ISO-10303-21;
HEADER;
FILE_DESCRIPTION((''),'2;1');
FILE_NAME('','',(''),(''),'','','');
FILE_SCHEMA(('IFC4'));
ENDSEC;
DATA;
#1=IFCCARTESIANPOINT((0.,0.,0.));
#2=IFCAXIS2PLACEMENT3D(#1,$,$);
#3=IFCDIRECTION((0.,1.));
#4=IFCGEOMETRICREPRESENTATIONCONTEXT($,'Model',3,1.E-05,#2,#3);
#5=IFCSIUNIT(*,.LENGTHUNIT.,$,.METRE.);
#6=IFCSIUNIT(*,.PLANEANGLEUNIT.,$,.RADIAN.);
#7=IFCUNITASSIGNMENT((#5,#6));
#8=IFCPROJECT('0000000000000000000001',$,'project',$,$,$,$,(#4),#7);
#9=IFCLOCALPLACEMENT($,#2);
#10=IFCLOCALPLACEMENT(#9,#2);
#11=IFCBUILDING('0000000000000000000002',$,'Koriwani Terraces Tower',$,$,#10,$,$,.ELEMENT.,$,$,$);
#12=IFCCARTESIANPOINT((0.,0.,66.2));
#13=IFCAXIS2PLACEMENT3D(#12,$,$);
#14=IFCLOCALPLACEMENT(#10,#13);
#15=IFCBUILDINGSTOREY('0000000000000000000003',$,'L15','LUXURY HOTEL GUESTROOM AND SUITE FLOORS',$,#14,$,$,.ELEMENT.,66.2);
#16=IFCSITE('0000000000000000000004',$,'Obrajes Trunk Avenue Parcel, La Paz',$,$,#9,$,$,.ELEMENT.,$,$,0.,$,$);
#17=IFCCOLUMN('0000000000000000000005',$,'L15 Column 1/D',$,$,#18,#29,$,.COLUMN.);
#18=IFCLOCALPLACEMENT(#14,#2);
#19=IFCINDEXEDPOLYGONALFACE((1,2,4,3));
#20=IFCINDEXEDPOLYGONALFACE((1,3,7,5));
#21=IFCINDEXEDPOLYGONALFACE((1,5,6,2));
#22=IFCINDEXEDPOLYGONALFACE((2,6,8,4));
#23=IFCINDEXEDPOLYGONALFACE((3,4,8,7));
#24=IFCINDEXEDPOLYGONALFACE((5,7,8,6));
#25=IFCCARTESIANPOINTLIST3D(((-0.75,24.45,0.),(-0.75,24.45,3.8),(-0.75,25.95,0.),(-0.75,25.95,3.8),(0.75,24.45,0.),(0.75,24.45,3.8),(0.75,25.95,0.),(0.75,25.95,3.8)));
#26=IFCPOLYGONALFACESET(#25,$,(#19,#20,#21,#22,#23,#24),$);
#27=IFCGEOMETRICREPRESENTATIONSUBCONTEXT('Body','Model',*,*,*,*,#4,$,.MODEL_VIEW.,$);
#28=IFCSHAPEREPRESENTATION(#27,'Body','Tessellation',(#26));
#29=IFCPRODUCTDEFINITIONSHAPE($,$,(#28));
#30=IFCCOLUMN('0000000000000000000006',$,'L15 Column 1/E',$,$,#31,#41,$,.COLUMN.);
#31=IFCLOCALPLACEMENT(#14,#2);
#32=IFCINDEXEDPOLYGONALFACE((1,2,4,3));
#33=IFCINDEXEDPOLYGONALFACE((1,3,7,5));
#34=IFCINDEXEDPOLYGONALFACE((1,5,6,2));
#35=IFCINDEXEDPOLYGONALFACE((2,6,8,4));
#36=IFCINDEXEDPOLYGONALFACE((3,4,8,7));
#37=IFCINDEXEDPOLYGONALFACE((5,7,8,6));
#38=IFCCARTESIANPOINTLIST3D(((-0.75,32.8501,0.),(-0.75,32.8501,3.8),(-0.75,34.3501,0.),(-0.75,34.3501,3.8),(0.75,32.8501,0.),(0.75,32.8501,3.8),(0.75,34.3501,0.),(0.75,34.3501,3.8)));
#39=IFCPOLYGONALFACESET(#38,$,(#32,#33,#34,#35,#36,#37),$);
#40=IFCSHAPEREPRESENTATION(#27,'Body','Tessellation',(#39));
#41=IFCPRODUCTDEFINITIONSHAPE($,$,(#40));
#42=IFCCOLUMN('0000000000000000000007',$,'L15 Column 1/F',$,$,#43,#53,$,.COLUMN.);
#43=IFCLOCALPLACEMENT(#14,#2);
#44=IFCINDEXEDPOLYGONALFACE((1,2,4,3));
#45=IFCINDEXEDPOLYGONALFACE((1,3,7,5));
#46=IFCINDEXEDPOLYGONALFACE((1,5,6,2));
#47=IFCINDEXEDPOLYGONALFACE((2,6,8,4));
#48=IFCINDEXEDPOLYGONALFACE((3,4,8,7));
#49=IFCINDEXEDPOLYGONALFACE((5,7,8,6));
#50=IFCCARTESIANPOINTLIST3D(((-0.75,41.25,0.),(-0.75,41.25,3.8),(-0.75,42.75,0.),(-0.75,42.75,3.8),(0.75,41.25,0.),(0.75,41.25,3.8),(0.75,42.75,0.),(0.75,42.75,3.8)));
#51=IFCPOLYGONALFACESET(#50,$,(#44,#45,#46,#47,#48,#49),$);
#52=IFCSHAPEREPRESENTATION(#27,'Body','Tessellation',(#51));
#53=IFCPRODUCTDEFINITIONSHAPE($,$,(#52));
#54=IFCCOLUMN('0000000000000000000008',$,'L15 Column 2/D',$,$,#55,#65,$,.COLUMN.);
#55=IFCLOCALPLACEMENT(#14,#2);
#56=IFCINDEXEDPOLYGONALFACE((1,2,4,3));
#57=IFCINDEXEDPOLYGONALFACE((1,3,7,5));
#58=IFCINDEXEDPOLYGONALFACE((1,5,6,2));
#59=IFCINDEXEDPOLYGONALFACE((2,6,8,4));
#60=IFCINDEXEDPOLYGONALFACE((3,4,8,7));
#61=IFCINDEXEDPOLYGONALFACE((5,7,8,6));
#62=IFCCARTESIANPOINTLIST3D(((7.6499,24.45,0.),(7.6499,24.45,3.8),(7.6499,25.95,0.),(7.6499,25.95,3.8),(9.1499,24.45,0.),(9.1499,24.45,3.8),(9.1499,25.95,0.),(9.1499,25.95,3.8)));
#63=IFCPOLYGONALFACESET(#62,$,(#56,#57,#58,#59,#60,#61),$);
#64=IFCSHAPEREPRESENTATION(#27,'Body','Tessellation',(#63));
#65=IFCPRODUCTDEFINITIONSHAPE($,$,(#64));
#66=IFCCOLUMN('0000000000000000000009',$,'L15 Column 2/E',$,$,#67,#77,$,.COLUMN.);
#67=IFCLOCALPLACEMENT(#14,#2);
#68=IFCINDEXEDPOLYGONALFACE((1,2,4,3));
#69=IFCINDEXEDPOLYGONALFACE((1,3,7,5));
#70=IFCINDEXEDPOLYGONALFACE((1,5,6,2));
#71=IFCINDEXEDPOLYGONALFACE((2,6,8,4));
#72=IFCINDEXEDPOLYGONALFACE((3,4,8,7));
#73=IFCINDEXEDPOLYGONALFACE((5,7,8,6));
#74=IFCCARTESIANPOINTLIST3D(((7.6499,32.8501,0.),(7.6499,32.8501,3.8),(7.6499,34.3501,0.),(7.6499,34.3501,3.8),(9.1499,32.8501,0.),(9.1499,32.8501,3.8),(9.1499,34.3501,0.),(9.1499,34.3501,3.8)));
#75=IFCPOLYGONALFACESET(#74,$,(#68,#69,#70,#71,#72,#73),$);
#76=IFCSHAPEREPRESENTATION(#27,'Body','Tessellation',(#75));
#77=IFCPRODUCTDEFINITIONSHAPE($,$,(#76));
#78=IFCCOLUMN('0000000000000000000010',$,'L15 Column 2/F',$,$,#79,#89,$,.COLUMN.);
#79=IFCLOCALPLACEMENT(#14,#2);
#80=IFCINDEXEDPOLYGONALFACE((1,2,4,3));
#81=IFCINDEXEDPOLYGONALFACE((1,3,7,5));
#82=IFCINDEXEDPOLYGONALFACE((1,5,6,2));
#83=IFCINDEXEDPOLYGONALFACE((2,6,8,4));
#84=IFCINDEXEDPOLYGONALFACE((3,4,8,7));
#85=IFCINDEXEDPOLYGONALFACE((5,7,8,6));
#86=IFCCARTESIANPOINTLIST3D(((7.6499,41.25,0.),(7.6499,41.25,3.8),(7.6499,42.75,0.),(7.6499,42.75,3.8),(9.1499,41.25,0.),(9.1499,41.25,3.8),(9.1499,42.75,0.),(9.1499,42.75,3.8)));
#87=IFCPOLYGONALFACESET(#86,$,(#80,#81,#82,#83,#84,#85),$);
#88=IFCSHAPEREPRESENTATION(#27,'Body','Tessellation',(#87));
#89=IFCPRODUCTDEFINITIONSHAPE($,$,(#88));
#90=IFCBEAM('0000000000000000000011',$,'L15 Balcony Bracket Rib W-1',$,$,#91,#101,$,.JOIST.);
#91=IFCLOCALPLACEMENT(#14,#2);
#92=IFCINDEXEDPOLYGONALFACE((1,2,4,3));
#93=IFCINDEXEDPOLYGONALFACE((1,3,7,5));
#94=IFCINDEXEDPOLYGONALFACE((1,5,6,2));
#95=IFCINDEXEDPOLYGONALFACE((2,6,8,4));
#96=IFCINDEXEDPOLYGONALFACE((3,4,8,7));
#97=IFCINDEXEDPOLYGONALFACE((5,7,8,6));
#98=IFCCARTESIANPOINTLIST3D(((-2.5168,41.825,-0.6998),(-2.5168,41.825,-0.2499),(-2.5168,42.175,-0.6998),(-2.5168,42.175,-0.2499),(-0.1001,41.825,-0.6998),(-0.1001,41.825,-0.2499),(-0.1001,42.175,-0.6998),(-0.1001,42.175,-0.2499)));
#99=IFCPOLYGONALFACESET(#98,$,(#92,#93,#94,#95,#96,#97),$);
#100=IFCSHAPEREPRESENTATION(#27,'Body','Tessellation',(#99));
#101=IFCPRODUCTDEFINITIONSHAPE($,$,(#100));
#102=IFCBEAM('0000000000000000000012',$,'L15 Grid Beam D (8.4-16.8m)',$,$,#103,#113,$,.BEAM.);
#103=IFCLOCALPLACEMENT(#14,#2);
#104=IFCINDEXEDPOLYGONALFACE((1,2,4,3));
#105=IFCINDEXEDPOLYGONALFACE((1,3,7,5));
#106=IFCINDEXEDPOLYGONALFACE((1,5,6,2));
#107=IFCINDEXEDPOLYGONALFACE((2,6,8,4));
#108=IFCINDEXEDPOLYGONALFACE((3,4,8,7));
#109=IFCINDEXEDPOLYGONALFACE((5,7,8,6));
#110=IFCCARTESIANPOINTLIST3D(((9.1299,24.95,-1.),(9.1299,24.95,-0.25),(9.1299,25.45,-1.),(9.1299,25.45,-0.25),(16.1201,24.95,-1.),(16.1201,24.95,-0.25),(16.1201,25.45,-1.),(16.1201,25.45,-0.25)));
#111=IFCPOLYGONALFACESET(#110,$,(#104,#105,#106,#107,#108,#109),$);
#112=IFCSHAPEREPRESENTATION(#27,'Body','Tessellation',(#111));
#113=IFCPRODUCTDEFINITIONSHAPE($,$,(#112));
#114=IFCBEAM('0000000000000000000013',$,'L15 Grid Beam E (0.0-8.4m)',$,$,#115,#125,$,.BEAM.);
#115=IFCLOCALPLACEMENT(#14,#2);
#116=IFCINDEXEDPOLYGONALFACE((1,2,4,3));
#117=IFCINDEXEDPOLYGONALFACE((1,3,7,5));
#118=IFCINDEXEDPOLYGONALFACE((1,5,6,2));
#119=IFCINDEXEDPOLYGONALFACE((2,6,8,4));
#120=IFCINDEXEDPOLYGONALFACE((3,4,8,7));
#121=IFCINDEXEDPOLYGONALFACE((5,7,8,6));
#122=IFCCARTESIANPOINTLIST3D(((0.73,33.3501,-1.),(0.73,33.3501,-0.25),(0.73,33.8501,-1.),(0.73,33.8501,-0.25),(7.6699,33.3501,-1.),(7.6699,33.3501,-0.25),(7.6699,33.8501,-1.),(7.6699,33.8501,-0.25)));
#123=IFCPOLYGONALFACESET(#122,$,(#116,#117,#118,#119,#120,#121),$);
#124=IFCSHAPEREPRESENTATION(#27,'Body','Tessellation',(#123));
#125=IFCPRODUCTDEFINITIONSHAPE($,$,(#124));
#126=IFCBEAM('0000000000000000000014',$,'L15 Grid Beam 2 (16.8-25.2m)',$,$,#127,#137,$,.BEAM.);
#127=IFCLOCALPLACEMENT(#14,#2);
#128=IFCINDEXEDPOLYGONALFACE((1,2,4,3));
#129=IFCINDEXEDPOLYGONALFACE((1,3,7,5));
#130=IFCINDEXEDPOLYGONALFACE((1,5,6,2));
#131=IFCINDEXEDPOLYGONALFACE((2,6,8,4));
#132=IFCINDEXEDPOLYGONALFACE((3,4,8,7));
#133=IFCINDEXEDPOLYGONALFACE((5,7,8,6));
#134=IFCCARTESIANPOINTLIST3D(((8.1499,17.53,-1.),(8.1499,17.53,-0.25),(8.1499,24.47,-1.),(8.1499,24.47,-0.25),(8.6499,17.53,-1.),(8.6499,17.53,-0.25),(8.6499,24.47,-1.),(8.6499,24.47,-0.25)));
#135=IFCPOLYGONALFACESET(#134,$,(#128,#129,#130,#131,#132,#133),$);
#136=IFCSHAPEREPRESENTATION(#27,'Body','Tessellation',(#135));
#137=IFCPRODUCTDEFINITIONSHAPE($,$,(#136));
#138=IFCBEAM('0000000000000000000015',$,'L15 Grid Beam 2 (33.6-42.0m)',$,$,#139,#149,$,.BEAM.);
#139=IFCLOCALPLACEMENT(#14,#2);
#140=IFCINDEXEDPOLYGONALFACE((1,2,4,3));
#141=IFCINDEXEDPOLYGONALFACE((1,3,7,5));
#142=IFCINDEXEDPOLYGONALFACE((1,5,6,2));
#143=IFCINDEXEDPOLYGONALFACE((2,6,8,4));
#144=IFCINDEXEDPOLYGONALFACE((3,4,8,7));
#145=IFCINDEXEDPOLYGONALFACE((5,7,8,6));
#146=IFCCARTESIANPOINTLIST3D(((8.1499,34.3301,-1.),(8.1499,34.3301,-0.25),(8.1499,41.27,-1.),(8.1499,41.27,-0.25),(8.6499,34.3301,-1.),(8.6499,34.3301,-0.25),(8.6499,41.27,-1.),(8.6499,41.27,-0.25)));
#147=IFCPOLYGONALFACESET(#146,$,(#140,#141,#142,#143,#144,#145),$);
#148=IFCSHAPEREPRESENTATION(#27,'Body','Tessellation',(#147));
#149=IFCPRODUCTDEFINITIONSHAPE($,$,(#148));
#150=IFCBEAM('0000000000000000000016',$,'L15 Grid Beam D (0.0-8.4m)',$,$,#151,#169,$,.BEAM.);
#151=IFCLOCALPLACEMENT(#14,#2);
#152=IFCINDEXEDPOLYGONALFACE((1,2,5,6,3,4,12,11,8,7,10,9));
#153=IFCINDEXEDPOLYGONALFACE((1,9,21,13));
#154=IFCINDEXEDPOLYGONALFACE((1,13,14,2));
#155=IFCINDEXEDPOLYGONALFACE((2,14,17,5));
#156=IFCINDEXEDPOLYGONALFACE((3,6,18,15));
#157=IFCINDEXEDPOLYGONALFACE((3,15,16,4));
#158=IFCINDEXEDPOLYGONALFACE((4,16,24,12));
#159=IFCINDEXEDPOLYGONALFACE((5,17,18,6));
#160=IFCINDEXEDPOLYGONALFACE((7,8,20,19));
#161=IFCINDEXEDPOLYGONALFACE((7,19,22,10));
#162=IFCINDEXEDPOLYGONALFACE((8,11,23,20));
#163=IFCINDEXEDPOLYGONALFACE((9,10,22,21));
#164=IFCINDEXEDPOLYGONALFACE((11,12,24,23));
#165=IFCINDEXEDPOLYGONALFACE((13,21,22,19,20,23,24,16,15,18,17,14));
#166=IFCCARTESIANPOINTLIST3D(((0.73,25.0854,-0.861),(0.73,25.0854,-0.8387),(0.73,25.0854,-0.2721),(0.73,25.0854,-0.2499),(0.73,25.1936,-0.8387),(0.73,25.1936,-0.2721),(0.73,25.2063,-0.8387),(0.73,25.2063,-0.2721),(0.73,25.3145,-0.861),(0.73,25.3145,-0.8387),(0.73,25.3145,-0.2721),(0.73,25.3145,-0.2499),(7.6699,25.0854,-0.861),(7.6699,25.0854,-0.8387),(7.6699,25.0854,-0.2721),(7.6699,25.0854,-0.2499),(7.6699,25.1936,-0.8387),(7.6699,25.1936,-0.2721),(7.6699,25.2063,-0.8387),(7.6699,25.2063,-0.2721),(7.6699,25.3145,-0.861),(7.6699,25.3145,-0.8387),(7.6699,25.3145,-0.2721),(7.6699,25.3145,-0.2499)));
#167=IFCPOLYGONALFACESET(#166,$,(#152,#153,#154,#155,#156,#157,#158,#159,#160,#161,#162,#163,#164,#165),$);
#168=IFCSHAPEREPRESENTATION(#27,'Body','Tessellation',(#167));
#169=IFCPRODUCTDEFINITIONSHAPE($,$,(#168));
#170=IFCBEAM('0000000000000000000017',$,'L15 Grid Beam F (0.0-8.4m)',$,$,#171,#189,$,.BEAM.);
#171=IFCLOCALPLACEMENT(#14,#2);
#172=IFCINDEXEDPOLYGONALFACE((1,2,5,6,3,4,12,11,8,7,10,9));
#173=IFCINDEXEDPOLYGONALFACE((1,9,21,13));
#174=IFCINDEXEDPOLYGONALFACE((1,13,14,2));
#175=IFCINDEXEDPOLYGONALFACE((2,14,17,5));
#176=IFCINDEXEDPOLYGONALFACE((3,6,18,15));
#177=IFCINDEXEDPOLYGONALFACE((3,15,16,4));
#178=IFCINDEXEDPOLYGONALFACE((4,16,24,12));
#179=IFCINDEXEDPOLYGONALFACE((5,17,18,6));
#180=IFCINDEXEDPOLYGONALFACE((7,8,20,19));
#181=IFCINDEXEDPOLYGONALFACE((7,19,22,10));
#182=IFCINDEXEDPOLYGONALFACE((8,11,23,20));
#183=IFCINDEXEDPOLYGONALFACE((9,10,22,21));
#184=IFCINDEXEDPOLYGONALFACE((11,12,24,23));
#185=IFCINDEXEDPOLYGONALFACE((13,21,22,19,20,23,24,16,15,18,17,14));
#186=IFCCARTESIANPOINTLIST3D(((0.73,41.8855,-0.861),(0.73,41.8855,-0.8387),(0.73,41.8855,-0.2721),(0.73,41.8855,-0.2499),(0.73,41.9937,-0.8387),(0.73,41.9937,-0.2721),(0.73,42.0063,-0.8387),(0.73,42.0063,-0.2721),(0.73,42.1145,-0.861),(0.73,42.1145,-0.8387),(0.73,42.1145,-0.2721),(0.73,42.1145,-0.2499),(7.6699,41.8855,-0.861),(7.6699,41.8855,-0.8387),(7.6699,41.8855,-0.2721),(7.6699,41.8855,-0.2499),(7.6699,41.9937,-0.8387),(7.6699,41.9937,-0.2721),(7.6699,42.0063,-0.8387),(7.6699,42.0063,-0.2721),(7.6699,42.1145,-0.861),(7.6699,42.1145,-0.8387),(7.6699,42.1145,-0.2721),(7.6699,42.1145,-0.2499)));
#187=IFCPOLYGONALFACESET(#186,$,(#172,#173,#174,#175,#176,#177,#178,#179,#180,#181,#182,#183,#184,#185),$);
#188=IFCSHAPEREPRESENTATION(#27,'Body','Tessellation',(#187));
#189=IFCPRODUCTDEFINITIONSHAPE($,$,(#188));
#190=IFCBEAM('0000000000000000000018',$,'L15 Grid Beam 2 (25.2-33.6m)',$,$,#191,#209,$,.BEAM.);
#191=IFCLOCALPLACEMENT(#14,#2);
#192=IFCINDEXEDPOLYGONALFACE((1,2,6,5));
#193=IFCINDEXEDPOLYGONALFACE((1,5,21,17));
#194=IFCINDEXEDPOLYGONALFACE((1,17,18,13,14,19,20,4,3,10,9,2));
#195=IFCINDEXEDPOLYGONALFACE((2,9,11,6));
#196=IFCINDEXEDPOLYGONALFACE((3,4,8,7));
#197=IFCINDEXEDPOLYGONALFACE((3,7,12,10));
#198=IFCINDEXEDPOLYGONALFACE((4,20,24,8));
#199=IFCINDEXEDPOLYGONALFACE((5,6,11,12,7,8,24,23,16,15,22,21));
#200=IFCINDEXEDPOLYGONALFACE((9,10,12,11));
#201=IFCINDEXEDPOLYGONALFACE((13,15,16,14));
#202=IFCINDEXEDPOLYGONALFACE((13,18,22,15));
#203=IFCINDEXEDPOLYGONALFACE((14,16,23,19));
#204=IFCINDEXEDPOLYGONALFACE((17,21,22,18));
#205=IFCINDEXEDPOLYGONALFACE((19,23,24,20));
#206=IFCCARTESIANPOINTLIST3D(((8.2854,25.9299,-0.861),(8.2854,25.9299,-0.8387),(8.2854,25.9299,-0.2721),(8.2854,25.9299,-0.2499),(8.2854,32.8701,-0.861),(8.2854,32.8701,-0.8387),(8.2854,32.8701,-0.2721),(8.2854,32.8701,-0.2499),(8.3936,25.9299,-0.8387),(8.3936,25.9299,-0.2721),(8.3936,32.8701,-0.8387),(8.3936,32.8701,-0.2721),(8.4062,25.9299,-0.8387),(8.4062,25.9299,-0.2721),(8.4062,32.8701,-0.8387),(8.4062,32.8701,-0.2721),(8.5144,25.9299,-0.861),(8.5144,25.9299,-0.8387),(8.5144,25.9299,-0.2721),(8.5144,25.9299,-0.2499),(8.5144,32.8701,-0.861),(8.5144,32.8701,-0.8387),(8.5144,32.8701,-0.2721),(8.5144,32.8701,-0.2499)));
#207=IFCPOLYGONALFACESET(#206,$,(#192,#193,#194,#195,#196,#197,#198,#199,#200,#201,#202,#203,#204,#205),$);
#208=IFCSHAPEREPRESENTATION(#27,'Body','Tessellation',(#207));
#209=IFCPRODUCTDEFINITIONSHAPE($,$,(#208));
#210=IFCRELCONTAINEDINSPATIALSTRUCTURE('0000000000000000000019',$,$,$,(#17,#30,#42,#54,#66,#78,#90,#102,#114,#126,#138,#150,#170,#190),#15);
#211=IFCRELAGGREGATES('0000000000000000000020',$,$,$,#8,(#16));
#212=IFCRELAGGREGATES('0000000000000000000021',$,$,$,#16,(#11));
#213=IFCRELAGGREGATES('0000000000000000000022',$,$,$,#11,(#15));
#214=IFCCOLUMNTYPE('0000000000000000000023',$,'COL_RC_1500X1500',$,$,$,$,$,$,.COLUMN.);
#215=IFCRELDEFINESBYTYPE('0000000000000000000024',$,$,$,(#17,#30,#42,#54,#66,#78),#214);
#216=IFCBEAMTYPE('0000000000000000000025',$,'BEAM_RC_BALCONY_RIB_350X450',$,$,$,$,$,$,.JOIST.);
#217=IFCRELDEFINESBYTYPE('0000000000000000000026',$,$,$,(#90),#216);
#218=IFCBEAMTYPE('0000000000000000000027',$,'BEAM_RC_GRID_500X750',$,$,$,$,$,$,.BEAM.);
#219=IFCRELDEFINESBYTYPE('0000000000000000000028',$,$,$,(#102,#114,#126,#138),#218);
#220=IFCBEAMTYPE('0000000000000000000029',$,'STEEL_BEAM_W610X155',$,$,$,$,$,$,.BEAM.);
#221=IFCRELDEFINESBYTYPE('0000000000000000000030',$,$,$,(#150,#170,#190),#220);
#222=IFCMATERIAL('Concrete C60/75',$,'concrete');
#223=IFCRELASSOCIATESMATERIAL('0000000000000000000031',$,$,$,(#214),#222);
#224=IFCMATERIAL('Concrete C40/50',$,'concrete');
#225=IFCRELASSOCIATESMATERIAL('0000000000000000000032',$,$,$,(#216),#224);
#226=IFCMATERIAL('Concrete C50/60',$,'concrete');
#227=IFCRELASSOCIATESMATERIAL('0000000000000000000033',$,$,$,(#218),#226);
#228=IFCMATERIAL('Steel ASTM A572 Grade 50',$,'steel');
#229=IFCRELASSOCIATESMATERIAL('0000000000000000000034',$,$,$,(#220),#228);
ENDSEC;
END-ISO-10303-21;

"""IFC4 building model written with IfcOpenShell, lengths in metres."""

from ifc_helpers import new_model, si_unit, direction, frame, origin, origin_2d, place, context, subcontext, project, spatial, rectangle, i_section, extrude, material, material_profile, profile_set, type_object, element, save


model = new_model("IFC4")

# Units and contexts
model_context = context("Model", 3, precision=1e-05, world=origin(), true_north=direction((0.0, 1.0)))
body_context = subcontext(model_context, "Body", "Model", "MODEL_VIEW")
ifc_project = project(units=[si_unit("LENGTHUNIT", "METRE"), si_unit("PLANEANGLEUNIT", "RADIAN")], contexts=[model_context])

# Site, building, storey
site_placement = place(None, origin())
site = spatial("IfcSite", under=ifc_project, at=site_placement, Name="Obrajes Trunk Avenue Parcel, La Paz", CompositionType="ELEMENT", RefElevation=0.0)
building_placement = place(site_placement, origin())
building = spatial("IfcBuilding", under=site, at=building_placement, Name="Koriwani Terraces Tower", CompositionType="ELEMENT")
storey_placement = place(building_placement, frame((0.0, 0.0, 66.2)))
storey = spatial("IfcBuildingStorey", under=building, at=storey_placement, Name="L15", Description="LUXURY HOTEL GUESTROOM AND SUITE FLOORS", CompositionType="ELEMENT", Elevation=66.2)

# Columns
ifc_material_1 = material(Name="Concrete C60/75", Category="concrete")
ifc_material_profile_1 = material_profile(ifc_material_1, rectangle(XDim=1.5, YDim=1.5, at=origin_2d()), Name="Concrete C60/75", Category="LoadBearing")
ifc_profile_set_1 = profile_set([ifc_material_profile_1], Name="Concrete C60/75")
column_type = type_object("IfcColumnType", Name="COL_RC_1500X1500", PredefinedType="COLUMN", material=ifc_profile_set_1)
for number, where, z_axis, x_axis, name in (
    (1, (0.0, 25.2, 0.0), (0.0, 0.0, 1.0), (1.0, 0.0, 0.0), "L15 Column 1/D"),
    (2, (0.0, 33.6001, 0.0), (0.0, 0.0, 1.0), (1.0, 0.0, 0.0), "L15 Column 1/E"),
    (3, (0.0, 42.0, 0.0), (0.0, 0.0, 1.0), (1.0, 0.0, 0.0), "L15 Column 1/F"),
    (4, (8.3999, 25.2, 0.0), (0.0, 0.0, 1.0), (1.0, 0.0, 0.0), "L15 Column 2/D"),
    (5, (8.3999, 33.6001, 0.0), (0.0, 0.0, 1.0), (1.0, 0.0, 0.0), "L15 Column 2/E"),
    (6, (8.3999, 42.0, 0.0), (0.0, 0.0, 1.0), (1.0, 0.0, 0.0), "L15 Column 2/F"),
):
    element("IfcColumn", number, at=place(storey_placement, frame(where, z_axis=z_axis, x_axis=x_axis)), inside=storey, type_object=column_type, Name=name, PredefinedType="COLUMN", context=body_context, shape_type="SweptSolid", body=[
        extrude(rectangle(XDim=1.5, YDim=1.5, at=origin_2d()), origin(), (0.0, 0.0, 1.0), 3.8),
    ])

# Beams
ifc_material_2 = material(Name="Concrete C40/50", Category="concrete")
ifc_material_profile_2 = material_profile(ifc_material_2, rectangle(XDim=0.3501, YDim=0.45, at=origin_2d()), Name="Concrete C40/50", Category="LoadBearing")
ifc_profile_set_2 = profile_set([ifc_material_profile_2], Name="Concrete C40/50")
beam_type_1 = type_object("IfcBeamType", Name="BEAM_RC_BALCONY_RIB_350X450", PredefinedType="JOIST", material=ifc_profile_set_2)
beam_1_placement = place(storey_placement, frame((-2.5168, 42.0, -0.4749), z_axis=(1.0, 0.0, 0.0), x_axis=(0.0, 1.0, 0.0)))
element("IfcBeam", 7, at=beam_1_placement, inside=storey, type_object=beam_type_1, Name="L15 Balcony Bracket Rib W-1", PredefinedType="JOIST", context=body_context, shape_type="SweptSolid", body=[
    extrude(rectangle(XDim=0.3501, YDim=0.45, at=origin_2d()), origin(), (0.0, 0.0, 1.0), 2.4167),
])
ifc_material_3 = material(Name="Concrete C50/60", Category="concrete")
ifc_material_profile_3 = material_profile(ifc_material_3, rectangle(XDim=0.5, YDim=0.75, at=origin_2d()), Name="Concrete C50/60", Category="LoadBearing")
ifc_profile_set_3 = profile_set([ifc_material_profile_3], Name="Concrete C50/60")
beam_type_2 = type_object("IfcBeamType", Name="BEAM_RC_GRID_500X750", PredefinedType="BEAM", material=ifc_profile_set_3)
beam_2_placement = place(storey_placement, frame((9.1299, 25.2, -0.625), z_axis=(1.0, 0.0, 0.0), x_axis=(0.0, 1.0, 0.0)))
element("IfcBeam", 8, at=beam_2_placement, inside=storey, type_object=beam_type_2, Name="L15 Grid Beam D (8.4-16.8m)", PredefinedType="BEAM", context=body_context, shape_type="SweptSolid", body=[
    extrude(rectangle(XDim=0.5, YDim=0.75, at=origin_2d()), origin(), (0.0, 0.0, 1.0), 6.9902),
])
for number, where, z_axis, x_axis, name in (
    (9, (0.73, 33.6001, -0.625), (1.0, 0.0, 0.0), (0.0, 1.0, 0.0), "L15 Grid Beam E (0.0-8.4m)"),
    (10, (8.3999, 17.53, -0.625), (0.0, 1.0, 0.0), (-1.0, 0.0, 0.0), "L15 Grid Beam 2 (16.8-25.2m)"),
    (11, (8.3999, 34.3301, -0.625), (0.0, 1.0, 0.0), (-1.0, 0.0, 0.0), "L15 Grid Beam 2 (33.6-42.0m)"),
):
    element("IfcBeam", number, at=place(storey_placement, frame(where, z_axis=z_axis, x_axis=x_axis)), inside=storey, type_object=beam_type_2, Name=name, PredefinedType="BEAM", context=body_context, shape_type="SweptSolid", body=[
        extrude(rectangle(XDim=0.5, YDim=0.75, at=origin_2d()), origin(), (0.0, 0.0, 1.0), 6.9399),
    ])
ifc_material_4 = material(Name="Steel ASTM A572 Grade 50", Category="steel")
ifc_material_profile_4 = material_profile(ifc_material_4, i_section(OverallWidth=0.229, OverallDepth=0.6111, WebThickness=0.0127, FlangeThickness=0.0222, at=origin_2d()), Name="Steel ASTM A572 Grade 50", Category="LoadBearing")
ifc_profile_set_4 = profile_set([ifc_material_profile_4], Name="Steel ASTM A572 Grade 50")
beam_type_3 = type_object("IfcBeamType", Name="STEEL_BEAM_W610X155", PredefinedType="BEAM", material=ifc_profile_set_4)
for number, where, z_axis, x_axis, name in (
    (12, (0.73, 25.2, -0.5554), (1.0, 0.0, 0.0), (0.0, 1.0, 0.0), "L15 Grid Beam D (0.0-8.4m)"),
    (13, (0.73, 42.0, -0.5554), (1.0, 0.0, 0.0), (0.0, 1.0, 0.0), "L15 Grid Beam F (0.0-8.4m)"),
):
    element("IfcBeam", number, at=place(storey_placement, frame(where, z_axis=z_axis, x_axis=x_axis)), inside=storey, type_object=beam_type_3, Name=name, PredefinedType="BEAM", context=body_context, shape_type="SweptSolid", body=[
        extrude(i_section(OverallWidth=0.229, OverallDepth=0.6111, WebThickness=0.0127, FlangeThickness=0.0222, at=origin_2d()), origin(), (0.0, 0.0, 1.0), 6.9399),
    ])
beam_3_placement = place(storey_placement, frame((8.3999, 25.9299, -0.5554), z_axis=(0.0, 1.0, 0.0), x_axis=(-1.0, 0.0, 0.0)))
element("IfcBeam", 14, at=beam_3_placement, inside=storey, type_object=beam_type_3, Name="L15 Grid Beam 2 (25.2-33.6m)", PredefinedType="BEAM", context=body_context, shape_type="SweptSolid", body=[
    extrude(i_section(OverallWidth=0.229, OverallDepth=0.6111, WebThickness=0.0127, FlangeThickness=0.0222, at=origin_2d()), origin(), (0.0, 0.0, 1.0), 6.9402),
])

save(model, "model.ifc")
